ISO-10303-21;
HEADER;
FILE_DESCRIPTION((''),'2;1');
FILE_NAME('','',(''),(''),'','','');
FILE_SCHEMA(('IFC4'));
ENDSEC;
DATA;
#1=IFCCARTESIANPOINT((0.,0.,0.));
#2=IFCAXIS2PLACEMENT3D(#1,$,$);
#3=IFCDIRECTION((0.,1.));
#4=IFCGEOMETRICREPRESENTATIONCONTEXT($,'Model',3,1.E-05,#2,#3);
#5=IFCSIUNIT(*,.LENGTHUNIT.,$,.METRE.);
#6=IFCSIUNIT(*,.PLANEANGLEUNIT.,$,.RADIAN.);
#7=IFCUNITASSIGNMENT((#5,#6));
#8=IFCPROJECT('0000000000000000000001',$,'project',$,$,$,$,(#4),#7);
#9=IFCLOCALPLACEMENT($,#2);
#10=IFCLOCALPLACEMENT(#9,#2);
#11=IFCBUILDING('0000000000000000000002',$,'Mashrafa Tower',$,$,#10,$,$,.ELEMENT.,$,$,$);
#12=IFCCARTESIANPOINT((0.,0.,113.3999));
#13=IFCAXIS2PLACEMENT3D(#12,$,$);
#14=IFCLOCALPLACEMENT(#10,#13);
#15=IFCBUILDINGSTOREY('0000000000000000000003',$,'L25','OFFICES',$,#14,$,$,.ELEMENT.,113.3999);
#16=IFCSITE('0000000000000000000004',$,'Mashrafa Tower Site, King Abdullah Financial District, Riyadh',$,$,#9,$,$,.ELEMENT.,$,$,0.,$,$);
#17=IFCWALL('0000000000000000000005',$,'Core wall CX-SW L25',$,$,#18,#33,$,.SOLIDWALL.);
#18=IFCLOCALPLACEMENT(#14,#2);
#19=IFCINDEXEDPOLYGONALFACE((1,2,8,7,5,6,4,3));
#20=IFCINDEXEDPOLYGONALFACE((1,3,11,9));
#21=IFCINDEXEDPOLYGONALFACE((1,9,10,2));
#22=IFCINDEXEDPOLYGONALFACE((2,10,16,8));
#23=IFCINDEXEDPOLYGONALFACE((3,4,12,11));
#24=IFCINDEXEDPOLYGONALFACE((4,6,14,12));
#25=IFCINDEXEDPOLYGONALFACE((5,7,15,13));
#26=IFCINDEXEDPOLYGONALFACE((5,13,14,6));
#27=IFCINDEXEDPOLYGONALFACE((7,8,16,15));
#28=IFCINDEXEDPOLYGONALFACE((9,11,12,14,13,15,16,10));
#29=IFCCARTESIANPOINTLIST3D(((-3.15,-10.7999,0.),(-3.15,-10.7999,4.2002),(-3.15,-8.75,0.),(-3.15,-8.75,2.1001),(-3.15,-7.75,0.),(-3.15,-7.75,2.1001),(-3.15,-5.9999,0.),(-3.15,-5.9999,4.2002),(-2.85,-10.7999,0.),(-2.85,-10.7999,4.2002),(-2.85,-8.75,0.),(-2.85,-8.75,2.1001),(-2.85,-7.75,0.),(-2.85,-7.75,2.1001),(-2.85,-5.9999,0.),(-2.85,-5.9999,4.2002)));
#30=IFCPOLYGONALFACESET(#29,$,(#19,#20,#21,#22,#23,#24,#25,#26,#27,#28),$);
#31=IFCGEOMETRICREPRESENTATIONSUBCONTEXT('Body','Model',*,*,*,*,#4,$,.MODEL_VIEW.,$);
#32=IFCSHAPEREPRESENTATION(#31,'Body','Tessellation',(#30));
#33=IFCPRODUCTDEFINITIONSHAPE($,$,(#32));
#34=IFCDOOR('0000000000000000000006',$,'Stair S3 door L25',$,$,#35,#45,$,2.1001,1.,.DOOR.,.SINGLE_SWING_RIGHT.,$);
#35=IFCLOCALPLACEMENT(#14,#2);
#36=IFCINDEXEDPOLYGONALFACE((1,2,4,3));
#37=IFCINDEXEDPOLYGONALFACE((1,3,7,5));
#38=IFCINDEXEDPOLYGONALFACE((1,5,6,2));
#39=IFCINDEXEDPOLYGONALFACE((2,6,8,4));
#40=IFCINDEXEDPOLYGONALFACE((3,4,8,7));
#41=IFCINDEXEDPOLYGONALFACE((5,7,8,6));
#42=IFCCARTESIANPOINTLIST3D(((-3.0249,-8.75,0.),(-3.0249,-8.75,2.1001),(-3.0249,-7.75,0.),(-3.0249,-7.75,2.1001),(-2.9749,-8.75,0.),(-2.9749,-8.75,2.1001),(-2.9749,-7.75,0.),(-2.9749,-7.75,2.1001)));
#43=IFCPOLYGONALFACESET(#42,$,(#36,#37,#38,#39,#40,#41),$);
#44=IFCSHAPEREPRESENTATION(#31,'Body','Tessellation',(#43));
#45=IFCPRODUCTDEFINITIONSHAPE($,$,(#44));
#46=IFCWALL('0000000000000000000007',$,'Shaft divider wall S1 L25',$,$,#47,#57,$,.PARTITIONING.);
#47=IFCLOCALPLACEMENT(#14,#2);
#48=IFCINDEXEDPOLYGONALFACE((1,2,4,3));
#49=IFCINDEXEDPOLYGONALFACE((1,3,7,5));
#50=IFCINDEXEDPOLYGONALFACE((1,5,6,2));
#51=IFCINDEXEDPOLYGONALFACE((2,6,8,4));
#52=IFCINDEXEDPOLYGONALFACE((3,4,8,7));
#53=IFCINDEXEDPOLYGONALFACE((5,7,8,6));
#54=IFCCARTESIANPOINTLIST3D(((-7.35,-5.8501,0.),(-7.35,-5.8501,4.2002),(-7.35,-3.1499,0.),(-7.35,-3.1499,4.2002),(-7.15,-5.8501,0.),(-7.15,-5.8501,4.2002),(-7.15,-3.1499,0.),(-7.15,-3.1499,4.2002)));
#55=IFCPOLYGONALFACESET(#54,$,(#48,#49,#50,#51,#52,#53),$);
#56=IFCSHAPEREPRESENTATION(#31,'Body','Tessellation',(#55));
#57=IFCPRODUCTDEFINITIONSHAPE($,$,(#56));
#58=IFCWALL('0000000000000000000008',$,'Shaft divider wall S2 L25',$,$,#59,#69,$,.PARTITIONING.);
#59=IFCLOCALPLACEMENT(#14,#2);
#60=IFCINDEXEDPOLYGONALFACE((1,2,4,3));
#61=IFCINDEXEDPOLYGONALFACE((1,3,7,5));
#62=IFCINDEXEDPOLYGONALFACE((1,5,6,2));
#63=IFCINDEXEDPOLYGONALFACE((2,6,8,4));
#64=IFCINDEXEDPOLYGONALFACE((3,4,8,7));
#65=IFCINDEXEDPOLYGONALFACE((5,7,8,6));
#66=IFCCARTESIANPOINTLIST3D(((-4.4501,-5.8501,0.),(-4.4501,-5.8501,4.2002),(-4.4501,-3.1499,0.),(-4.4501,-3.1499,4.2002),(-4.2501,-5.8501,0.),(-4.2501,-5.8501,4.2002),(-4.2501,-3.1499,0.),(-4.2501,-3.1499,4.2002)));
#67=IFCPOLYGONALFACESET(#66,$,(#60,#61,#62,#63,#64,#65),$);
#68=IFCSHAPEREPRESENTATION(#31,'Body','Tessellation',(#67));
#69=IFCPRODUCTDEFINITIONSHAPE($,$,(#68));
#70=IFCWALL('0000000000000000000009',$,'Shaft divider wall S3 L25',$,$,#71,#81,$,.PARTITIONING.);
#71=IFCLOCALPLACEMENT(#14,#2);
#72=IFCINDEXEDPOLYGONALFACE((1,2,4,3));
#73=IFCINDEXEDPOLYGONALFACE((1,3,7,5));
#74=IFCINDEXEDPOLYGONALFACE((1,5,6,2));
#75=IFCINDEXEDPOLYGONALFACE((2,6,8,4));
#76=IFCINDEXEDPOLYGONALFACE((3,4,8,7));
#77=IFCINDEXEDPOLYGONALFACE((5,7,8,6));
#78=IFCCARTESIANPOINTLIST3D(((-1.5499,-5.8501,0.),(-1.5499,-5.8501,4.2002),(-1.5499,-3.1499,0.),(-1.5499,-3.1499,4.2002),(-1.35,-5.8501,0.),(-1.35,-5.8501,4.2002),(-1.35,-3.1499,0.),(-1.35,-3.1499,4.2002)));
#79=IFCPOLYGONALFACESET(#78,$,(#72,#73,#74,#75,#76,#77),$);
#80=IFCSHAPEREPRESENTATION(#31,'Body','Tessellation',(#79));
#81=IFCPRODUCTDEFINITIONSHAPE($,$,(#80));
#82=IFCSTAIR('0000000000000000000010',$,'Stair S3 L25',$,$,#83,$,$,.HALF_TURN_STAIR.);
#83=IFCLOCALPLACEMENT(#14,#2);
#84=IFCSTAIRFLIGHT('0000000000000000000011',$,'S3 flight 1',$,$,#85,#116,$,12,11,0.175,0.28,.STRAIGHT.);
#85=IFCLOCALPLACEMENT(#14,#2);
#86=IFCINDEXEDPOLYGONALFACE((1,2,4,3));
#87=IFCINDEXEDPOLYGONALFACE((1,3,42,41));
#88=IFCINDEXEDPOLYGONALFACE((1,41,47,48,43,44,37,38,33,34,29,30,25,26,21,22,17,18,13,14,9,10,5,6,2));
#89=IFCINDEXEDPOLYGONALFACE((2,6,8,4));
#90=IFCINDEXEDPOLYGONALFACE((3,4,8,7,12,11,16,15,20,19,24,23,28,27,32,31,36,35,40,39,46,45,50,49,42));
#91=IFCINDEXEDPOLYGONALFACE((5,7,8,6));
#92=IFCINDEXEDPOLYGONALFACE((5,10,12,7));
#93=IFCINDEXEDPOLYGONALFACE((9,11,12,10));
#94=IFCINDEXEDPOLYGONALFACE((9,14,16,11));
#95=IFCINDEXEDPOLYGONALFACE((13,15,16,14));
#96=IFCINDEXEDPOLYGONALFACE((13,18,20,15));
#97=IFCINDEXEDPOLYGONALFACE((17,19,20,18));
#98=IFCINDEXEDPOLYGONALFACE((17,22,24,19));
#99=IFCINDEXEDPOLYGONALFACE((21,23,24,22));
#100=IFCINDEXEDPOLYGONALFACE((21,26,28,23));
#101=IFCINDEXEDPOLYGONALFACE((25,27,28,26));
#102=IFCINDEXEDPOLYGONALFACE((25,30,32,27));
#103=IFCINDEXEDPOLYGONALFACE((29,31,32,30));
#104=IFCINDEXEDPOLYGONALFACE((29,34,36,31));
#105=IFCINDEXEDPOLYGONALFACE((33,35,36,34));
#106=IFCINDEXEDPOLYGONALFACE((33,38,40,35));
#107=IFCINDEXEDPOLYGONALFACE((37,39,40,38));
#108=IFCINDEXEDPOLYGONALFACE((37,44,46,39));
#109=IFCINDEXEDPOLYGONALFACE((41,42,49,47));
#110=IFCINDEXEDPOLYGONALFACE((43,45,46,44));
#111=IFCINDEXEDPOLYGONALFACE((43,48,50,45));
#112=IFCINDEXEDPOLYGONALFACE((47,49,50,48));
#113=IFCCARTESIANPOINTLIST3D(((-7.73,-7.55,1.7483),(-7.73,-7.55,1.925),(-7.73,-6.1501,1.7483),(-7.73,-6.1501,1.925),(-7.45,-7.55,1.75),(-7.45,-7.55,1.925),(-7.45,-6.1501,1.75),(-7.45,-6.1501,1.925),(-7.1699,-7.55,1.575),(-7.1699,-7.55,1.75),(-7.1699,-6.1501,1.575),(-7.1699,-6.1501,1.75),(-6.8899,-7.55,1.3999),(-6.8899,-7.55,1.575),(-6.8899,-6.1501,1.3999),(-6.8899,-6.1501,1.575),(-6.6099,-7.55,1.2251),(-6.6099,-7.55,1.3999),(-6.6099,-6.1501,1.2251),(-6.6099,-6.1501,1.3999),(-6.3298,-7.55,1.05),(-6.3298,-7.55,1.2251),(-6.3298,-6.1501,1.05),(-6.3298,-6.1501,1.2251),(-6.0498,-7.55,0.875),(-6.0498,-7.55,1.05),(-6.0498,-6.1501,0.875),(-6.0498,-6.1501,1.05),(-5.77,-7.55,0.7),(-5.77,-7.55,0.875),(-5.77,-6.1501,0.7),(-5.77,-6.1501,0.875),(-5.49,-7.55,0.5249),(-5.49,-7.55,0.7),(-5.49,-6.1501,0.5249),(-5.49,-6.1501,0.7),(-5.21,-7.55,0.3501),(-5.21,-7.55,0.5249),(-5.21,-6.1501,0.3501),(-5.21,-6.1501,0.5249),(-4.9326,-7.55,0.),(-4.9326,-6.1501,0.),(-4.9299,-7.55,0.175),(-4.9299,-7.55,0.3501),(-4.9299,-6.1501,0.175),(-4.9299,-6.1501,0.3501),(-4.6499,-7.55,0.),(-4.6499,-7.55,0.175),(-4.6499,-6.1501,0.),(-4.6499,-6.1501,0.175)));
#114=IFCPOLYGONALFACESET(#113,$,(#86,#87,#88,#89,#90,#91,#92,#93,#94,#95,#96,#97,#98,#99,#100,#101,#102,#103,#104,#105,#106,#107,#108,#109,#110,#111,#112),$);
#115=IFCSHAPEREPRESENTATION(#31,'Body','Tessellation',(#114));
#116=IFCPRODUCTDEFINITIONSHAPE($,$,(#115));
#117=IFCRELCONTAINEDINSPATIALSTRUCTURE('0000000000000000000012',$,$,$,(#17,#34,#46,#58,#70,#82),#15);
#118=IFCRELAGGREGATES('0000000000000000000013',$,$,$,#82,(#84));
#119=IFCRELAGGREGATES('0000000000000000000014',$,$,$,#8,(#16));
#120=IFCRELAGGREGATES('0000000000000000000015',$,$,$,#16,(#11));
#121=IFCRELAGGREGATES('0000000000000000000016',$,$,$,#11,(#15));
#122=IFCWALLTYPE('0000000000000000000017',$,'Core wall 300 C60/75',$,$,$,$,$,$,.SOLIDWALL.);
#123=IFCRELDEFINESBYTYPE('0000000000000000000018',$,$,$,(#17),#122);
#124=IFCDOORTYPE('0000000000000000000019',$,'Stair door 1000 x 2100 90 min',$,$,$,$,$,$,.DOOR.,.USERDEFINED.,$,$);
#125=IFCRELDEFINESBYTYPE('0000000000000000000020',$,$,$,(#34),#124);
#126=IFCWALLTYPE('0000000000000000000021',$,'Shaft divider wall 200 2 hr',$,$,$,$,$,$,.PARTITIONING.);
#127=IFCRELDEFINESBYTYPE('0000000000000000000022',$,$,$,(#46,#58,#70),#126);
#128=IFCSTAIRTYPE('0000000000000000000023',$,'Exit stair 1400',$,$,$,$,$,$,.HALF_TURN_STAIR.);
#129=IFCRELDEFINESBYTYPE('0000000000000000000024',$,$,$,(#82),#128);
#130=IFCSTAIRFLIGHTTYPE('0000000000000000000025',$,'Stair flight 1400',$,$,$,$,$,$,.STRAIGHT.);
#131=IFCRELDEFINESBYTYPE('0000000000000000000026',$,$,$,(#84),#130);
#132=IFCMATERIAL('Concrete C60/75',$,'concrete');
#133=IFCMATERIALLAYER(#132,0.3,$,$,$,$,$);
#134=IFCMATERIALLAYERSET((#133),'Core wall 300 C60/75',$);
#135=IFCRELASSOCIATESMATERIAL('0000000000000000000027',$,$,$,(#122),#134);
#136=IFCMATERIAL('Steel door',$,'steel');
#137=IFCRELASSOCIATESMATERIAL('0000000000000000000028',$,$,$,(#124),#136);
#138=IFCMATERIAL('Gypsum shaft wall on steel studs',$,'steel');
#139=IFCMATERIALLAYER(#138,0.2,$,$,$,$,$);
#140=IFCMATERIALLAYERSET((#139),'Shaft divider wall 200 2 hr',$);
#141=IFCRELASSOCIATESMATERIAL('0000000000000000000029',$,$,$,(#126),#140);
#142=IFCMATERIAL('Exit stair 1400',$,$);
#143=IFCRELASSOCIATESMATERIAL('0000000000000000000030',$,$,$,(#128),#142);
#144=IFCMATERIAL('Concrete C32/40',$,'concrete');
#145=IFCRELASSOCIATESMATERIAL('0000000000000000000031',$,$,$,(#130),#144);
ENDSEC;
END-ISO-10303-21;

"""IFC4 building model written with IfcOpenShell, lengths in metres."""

from ifc_helpers import new_model, si_unit, direction, frame, frame_2d, origin, place, context, subcontext, project, spatial, polyline, rectangle, outline, extrude, material, layer, layer_set, type_object, element, fill, aggregate, save


model = new_model("IFC4")

# Units and contexts
model_context = context("Model", 3, precision=1e-05, world=origin(), true_north=direction((0.0, 1.0)))
body_context = subcontext(model_context, "Body", "Model", "MODEL_VIEW")
ifc_project = project(units=[si_unit("LENGTHUNIT", "METRE"), si_unit("PLANEANGLEUNIT", "RADIAN")], contexts=[model_context])

# Site, building, storey
site_placement = place(None, origin())
site = spatial("IfcSite", under=ifc_project, at=site_placement, Name="Mashrafa Tower Site, King Abdullah Financial District, Riyadh", CompositionType="ELEMENT", RefElevation=0.0)
building_placement = place(site_placement, origin())
building = spatial("IfcBuilding", under=site, at=building_placement, Name="Mashrafa Tower", CompositionType="ELEMENT")
storey_placement = place(building_placement, frame((0.0, 0.0, 113.3999)))
storey = spatial("IfcBuildingStorey", under=building, at=storey_placement, Name="L25", Description="OFFICES", CompositionType="ELEMENT", Elevation=113.3999)

# Wall, opening, door
ifc_material_1 = material(Name="Concrete C60/75", Category="concrete")
ifc_layer_1 = layer(ifc_material_1, 0.3)
ifc_layer_set_1 = layer_set([ifc_layer_1], Name="Core wall 300 C60/75")
wall_type_1 = type_object("IfcWallType", Name="Core wall 300 C60/75", PredefinedType="SOLIDWALL", material=ifc_layer_set_1)
wall_placement = place(storey_placement, frame((-3.0, -6.0, 0.0), z_axis=(0.0, 0.0, 1.0), x_axis=(0.0, -1.0, 0.0)))
wall = element("IfcWall", 1, at=wall_placement, inside=storey, type_object=wall_type_1, Name="Core wall CX-SW L25", PredefinedType="SOLIDWALL", context=body_context, shape_type="SweptSolid", body=[
    extrude(rectangle(XDim=4.8, YDim=0.3, at=frame_2d((2.3999, 0.0))), origin(), (0.0, 0.0, 1.0), 4.2002),
])
opening_placement = place(wall_placement, frame((1.75, 0.0, 0.0)))
opening = element("IfcOpeningElement", 2, at=opening_placement, cuts=wall, PredefinedType="OPENING", context=body_context, shape_type="SweptSolid", body=[
    extrude(rectangle(XDim=1.0, YDim=2.1001, at=frame_2d((0.5, 1.05))), frame((0.0, 0.1599, 0.0), z_axis=(0.0, -1.0, 0.0), x_axis=(1.0, 0.0, 0.0)), (0.0, 0.0, 1.0), 0.3201),
])
ifc_material_2 = material(Name="Steel door", Category="steel")
door_type = type_object("IfcDoorType", Name="Stair door 1000 x 2100 90 min", OperationType="USERDEFINED", PredefinedType="DOOR", material=ifc_material_2)
door_placement = place(opening_placement, frame((1.0, 0.0, 0.0), z_axis=(0.0, 0.0, 1.0), x_axis=(-1.0, 0.0, 0.0)))
door = element("IfcDoor", 3, at=door_placement, inside=storey, type_object=door_type, Name="Stair S3 door L25", OperationType="SINGLE_SWING_RIGHT", OverallHeight=2.1001, OverallWidth=1.0, PredefinedType="DOOR", context=body_context, shape_type="SweptSolid", body=[
    extrude(rectangle(XDim=1.0, YDim=2.1001, at=frame_2d((0.5, 1.05))), frame((0.0, 0.0249, 0.0), z_axis=(0.0, -1.0, 0.0), x_axis=(1.0, 0.0, 0.0)), (0.0, 0.0, 1.0), 0.05),
])
fill(opening, door)

# Walls
ifc_material_3 = material(Name="Gypsum shaft wall on steel studs", Category="steel")
ifc_layer_2 = layer(ifc_material_3, 0.2)
ifc_layer_set_2 = layer_set([ifc_layer_2], Name="Shaft divider wall 200 2 hr")
wall_type_2 = type_object("IfcWallType", Name="Shaft divider wall 200 2 hr", PredefinedType="PARTITIONING", material=ifc_layer_set_2)
for number, where, z_axis, x_axis, name in (
    (4, (-7.25, -5.8501, 0.0), (0.0, 0.0, 1.0), (0.0, 1.0, 0.0), "Shaft divider wall S1 L25"),
    (5, (-4.3501, -5.8501, 0.0), (0.0, 0.0, 1.0), (0.0, 1.0, 0.0), "Shaft divider wall S2 L25"),
    (6, (-1.45, -5.8501, 0.0), (0.0, 0.0, 1.0), (0.0, 1.0, 0.0), "Shaft divider wall S3 L25"),
):
    element("IfcWall", number, at=place(storey_placement, frame(where, z_axis=z_axis, x_axis=x_axis)), inside=storey, type_object=wall_type_2, Name=name, PredefinedType="PARTITIONING", context=body_context, shape_type="SweptSolid", body=[
        extrude(rectangle(XDim=2.7002, YDim=0.2, at=frame_2d((1.3501, 0.0))), origin(), (0.0, 0.0, 1.0), 4.2002),
    ])

# Stair, stair flight
ifc_material_4 = material(Name="Exit stair 1400")
stair_type = type_object("IfcStairType", Name="Exit stair 1400", PredefinedType="HALF_TURN_STAIR", material=ifc_material_4)
stair_placement = place(storey_placement, origin())
stair = element("IfcStair", 7, at=stair_placement, inside=storey, type_object=stair_type, Name="Stair S3 L25", PredefinedType="HALF_TURN_STAIR")
ifc_material_5 = material(Name="Concrete C32/40", Category="concrete")
stair_flight_type = type_object("IfcStairFlightType", Name="Stair flight 1400", PredefinedType="STRAIGHT", material=ifc_material_5)
stair_flight_placement = place(storey_placement, frame((-4.6499, -6.8501, 0.0), z_axis=(0.0, 0.0, 1.0), x_axis=(-1.0, 0.0, 0.0)))
stair_flight = element("IfcStairFlight", 8, at=stair_flight_placement, type_object=stair_flight_type, Name="S3 flight 1", NumberOfRisers=12, NumberOfTreads=11, PredefinedType="STRAIGHT", RiserHeight=0.175, TreadLength=0.28, context=body_context, shape_type="SweptSolid", body=[
    extrude(outline(polyline([(0.0, 0.0), (0.0, 0.175), (0.28, 0.175), (0.28, 0.3501), (0.5601, 0.3501), (0.5601, 0.5249), (0.8401, 0.5249), (0.8401, 0.7), (1.1201, 0.7), (1.1201, 0.875), (1.3999, 0.875), (1.3999, 1.05), (1.6799, 1.05), (1.6799, 1.2251), (1.96, 1.2251), (1.96, 1.3999), (2.24, 1.3999), (2.24, 1.575), (2.52, 1.575), (2.52, 1.75), (2.8, 1.75), (2.8, 1.925), (3.0801, 1.925), (3.0801, 2.1001), (3.0801, 1.7483), (0.2827, 0.0), (0.0, 0.0)])), frame((0.0, 0.7, 0.0), z_axis=(0.0, -1.0, 0.0), x_axis=(1.0, 0.0, 0.0)), (0.0, 0.0, 1.0), 1.3999),
])
aggregate(stair, [stair_flight])

save(model, "model.ifc")
